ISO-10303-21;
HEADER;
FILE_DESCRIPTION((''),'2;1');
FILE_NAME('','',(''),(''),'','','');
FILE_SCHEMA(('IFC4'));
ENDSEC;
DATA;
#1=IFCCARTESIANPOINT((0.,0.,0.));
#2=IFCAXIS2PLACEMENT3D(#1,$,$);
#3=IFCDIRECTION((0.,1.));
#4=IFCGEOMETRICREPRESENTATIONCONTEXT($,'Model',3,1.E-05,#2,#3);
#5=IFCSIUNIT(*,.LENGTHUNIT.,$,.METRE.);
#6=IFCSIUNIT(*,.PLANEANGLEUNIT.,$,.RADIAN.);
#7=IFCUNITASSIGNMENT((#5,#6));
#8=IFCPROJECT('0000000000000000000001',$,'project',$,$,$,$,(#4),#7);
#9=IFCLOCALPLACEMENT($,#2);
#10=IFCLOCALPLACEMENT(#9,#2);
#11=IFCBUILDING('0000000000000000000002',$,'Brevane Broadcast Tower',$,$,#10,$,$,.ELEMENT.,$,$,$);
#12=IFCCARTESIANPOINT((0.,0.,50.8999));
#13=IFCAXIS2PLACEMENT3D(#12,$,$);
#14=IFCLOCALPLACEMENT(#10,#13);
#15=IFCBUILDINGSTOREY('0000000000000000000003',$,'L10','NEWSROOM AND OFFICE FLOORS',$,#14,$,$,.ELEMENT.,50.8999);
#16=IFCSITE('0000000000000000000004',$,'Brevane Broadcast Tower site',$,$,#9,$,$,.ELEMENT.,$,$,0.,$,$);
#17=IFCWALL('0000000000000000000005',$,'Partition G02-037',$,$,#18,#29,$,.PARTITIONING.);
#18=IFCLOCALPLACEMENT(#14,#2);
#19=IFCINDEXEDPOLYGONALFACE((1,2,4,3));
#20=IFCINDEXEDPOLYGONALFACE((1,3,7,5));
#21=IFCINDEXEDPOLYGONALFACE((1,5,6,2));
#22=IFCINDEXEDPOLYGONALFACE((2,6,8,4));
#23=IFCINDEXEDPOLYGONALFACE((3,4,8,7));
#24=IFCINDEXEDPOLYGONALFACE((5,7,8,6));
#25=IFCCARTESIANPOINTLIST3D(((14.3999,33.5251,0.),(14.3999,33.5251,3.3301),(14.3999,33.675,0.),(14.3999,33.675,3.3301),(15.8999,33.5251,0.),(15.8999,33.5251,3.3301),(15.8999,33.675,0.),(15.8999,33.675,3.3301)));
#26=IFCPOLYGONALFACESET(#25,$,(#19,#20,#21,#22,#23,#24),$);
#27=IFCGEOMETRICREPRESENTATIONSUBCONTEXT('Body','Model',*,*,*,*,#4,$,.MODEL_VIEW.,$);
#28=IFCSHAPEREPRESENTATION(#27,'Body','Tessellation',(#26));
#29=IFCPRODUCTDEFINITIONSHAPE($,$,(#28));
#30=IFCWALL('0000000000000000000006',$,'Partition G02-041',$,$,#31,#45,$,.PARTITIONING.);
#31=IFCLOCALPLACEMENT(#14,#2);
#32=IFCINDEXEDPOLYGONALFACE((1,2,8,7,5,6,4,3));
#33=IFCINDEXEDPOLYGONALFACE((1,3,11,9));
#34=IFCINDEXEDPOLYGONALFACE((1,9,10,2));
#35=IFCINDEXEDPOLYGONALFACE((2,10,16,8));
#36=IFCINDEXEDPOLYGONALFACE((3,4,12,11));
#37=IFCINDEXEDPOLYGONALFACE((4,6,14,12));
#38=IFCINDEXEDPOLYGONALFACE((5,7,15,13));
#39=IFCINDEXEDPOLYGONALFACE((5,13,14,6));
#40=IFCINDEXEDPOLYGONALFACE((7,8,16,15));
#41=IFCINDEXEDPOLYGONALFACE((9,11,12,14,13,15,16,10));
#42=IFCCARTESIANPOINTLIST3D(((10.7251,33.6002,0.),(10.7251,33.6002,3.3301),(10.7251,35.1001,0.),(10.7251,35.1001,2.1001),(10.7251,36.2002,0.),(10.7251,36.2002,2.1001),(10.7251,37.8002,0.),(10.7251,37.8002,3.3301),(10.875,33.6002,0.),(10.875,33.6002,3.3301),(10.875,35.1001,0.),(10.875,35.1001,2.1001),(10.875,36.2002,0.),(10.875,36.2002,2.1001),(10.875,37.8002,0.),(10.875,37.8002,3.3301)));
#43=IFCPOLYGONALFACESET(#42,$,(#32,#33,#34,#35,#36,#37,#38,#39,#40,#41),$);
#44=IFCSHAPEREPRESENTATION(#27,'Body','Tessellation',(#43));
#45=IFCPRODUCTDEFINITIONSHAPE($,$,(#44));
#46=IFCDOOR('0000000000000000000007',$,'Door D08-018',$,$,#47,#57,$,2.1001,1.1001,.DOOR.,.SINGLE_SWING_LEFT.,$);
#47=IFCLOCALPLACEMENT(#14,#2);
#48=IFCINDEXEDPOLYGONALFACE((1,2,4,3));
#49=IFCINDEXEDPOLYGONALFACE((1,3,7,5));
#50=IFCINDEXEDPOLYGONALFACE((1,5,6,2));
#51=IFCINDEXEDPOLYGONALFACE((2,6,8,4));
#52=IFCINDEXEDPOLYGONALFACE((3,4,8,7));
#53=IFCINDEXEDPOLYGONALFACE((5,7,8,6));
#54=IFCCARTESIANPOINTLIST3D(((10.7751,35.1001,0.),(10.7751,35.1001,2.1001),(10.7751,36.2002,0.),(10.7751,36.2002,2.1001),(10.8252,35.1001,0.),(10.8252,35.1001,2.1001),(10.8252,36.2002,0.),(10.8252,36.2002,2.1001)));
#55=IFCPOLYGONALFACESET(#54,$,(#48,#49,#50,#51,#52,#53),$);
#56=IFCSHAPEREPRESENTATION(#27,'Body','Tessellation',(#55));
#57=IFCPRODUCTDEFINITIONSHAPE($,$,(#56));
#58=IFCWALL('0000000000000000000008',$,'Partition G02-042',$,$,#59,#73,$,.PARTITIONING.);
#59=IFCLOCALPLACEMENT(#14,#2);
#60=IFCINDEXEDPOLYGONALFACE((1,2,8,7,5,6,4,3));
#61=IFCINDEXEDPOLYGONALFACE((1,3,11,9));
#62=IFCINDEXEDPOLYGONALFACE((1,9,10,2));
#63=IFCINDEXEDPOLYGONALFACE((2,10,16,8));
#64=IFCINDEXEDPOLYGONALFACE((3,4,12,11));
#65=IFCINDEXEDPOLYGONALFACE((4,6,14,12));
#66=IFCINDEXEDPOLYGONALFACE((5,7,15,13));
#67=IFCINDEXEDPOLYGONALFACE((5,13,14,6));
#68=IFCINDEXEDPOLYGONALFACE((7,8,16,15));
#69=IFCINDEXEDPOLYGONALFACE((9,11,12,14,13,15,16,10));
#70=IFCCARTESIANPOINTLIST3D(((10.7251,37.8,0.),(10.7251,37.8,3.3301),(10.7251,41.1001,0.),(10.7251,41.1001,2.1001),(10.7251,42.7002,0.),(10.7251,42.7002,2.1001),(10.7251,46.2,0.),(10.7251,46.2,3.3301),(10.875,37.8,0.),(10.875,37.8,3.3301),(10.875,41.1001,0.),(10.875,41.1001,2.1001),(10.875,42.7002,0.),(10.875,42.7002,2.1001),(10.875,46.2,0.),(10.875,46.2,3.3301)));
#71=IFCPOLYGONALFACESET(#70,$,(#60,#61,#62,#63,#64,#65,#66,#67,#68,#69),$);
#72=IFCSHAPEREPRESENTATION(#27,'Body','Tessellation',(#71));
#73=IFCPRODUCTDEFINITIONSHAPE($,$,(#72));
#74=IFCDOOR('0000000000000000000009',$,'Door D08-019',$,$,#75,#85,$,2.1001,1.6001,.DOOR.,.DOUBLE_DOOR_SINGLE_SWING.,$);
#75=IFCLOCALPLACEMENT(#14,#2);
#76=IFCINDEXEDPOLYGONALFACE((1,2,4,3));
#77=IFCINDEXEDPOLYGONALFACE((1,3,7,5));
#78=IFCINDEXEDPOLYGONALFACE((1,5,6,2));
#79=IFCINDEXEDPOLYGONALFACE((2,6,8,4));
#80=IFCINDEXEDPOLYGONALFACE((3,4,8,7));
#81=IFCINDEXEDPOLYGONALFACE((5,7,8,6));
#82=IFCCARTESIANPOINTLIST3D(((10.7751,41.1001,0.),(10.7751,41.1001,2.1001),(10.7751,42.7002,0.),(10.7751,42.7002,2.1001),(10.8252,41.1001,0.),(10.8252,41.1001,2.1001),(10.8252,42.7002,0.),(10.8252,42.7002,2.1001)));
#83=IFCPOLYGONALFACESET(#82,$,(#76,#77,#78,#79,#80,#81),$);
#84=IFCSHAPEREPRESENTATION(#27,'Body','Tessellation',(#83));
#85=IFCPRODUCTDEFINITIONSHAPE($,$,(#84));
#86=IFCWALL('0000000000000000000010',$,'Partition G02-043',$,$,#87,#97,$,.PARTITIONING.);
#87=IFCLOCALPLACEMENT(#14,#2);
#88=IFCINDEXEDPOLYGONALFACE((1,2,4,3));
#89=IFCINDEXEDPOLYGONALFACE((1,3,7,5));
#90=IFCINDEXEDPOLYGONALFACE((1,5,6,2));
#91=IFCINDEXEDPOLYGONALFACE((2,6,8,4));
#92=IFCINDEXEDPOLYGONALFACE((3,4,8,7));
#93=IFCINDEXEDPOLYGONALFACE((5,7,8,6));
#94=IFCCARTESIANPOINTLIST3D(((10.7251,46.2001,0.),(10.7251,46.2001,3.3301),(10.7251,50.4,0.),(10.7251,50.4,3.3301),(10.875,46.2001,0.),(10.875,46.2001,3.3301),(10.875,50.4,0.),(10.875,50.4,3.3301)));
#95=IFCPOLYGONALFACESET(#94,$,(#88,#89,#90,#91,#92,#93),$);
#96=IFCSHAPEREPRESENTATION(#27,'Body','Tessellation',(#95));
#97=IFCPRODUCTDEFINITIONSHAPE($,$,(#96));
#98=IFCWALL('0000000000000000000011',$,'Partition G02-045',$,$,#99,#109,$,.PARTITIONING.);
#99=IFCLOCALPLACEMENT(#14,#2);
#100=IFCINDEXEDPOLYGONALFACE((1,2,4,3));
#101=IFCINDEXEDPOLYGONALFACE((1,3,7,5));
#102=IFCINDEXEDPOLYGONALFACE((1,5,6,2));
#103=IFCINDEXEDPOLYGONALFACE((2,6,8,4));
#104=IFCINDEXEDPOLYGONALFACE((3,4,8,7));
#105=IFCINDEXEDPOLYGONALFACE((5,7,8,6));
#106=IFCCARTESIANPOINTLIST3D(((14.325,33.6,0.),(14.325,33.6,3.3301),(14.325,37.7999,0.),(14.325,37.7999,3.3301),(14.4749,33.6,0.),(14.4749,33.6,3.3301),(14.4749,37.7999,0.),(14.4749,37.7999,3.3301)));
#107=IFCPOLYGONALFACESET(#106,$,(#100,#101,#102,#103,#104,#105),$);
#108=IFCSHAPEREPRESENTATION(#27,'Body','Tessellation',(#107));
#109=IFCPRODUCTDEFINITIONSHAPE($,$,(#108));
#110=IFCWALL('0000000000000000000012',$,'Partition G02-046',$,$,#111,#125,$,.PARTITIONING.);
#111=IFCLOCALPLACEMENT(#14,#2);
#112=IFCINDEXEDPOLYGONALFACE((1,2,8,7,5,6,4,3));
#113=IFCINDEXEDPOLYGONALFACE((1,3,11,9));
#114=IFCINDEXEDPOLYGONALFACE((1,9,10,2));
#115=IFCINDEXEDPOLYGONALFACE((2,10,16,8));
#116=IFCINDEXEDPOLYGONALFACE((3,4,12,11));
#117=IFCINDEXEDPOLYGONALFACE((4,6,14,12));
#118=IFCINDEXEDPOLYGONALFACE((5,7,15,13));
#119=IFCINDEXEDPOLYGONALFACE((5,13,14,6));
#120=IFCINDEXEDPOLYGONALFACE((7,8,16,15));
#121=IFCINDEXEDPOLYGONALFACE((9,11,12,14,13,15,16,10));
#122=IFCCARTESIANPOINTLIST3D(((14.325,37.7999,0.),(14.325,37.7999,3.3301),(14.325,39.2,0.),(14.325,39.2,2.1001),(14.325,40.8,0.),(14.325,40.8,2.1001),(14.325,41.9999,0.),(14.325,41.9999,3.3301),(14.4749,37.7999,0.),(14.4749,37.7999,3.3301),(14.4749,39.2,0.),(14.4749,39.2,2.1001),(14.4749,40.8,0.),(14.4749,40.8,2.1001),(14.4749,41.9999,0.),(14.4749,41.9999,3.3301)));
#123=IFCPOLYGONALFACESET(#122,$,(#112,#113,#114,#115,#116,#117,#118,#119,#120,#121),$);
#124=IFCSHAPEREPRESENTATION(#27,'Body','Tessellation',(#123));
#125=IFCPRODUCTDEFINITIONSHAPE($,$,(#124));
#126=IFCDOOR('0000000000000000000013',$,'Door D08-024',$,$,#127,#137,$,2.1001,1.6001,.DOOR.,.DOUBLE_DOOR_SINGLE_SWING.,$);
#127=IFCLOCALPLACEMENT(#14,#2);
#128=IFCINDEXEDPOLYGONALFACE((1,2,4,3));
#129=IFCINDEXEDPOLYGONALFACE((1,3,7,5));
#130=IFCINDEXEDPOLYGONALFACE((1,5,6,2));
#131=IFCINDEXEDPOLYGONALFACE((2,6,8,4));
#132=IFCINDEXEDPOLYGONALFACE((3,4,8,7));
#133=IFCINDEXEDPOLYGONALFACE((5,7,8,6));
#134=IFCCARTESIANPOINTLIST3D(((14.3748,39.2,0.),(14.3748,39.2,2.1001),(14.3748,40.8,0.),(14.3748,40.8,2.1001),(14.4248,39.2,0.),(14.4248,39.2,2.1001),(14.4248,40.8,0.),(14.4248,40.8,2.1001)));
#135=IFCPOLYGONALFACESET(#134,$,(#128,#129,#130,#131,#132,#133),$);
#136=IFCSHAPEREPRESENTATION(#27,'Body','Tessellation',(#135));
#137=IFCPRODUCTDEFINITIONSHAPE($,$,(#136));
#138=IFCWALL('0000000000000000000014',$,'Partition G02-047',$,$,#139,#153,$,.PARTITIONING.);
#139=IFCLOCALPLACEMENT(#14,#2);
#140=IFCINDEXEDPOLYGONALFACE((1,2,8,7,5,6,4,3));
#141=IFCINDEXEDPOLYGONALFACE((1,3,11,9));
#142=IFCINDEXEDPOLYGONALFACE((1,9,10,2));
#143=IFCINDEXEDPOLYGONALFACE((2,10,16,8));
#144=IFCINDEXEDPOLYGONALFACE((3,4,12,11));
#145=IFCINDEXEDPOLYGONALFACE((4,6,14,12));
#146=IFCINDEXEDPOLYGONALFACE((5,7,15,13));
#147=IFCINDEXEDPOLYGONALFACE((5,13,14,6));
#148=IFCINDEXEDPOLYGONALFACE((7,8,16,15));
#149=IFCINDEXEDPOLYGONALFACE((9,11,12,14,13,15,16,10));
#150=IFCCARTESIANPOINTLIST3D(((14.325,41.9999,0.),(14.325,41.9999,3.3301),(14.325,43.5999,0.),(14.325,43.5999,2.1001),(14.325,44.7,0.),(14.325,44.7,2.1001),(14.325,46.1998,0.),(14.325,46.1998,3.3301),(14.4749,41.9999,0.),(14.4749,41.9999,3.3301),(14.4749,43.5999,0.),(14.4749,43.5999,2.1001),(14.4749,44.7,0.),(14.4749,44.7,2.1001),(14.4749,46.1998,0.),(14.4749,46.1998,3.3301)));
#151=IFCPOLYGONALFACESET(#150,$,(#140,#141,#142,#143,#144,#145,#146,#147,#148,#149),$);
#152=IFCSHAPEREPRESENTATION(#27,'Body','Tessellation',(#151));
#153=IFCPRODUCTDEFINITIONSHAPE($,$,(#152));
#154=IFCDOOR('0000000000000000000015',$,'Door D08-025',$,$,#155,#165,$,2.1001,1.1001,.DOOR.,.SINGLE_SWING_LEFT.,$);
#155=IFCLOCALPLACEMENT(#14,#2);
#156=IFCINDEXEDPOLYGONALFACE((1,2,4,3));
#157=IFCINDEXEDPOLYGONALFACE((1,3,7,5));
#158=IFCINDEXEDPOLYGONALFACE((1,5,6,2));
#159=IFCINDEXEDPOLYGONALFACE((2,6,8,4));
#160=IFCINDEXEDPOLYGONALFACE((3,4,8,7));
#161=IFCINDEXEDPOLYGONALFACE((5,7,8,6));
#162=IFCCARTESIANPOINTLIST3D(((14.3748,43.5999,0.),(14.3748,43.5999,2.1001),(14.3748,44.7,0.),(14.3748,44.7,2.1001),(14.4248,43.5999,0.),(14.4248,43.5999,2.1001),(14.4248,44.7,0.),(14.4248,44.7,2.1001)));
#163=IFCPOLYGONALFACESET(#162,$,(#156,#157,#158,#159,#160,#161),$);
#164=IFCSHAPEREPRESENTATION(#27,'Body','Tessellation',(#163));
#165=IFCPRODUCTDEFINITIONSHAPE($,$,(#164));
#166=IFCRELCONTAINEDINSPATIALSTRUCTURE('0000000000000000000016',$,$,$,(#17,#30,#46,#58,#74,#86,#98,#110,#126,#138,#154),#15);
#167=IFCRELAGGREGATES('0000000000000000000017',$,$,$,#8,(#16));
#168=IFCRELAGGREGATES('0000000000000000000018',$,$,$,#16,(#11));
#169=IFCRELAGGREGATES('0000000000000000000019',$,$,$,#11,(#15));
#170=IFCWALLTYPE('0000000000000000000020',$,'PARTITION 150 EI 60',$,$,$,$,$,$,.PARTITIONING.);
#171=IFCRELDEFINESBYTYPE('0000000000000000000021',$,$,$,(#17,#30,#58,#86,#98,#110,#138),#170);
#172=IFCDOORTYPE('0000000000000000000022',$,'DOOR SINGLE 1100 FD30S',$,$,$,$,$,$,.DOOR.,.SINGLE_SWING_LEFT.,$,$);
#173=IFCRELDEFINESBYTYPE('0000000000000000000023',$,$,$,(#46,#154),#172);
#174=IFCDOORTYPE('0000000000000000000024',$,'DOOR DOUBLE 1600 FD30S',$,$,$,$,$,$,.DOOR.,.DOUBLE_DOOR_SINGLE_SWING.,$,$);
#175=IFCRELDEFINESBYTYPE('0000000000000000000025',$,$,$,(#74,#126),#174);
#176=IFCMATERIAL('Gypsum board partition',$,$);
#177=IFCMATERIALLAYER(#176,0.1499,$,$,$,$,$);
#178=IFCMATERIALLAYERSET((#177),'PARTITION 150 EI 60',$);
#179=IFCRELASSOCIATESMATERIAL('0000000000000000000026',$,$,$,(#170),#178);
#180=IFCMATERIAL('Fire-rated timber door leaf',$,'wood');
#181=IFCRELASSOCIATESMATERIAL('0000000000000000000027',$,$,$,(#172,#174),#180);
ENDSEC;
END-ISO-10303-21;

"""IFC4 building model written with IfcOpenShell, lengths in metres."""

from ifc_helpers import new_model, si_unit, direction, frame, frame_2d, origin, place, context, subcontext, project, spatial, rectangle, extrude, material, layer, layer_set, type_object, element, fill, save


model = new_model("IFC4")

# Units and contexts
model_context = context("Model", 3, precision=1e-05, world=origin(), true_north=direction((0.0, 1.0)))
body_context = subcontext(model_context, "Body", "Model", "MODEL_VIEW")
ifc_project = project(units=[si_unit("LENGTHUNIT", "METRE"), si_unit("PLANEANGLEUNIT", "RADIAN")], contexts=[model_context])

# Site, building, storey
site_placement = place(None, origin())
site = spatial("IfcSite", under=ifc_project, at=site_placement, Name="Brevane Broadcast Tower site", CompositionType="ELEMENT", RefElevation=0.0)
building_placement = place(site_placement, origin())
building = spatial("IfcBuilding", under=site, at=building_placement, Name="Brevane Broadcast Tower", CompositionType="ELEMENT")
storey_placement = place(building_placement, frame((0.0, 0.0, 50.8999)))
storey = spatial("IfcBuildingStorey", under=building, at=storey_placement, Name="L10", Description="NEWSROOM AND OFFICE FLOORS", CompositionType="ELEMENT", Elevation=50.8999)

# Shared definitions
ifc_material_1 = material(Name="Gypsum board partition")

# Wall
ifc_layer_1 = layer(ifc_material_1, 0.1499)
ifc_layer_set_1 = layer_set([ifc_layer_1], Name="PARTITION 150 EI 60")
wall_type_1 = type_object("IfcWallType", Name="PARTITION 150 EI 60", PredefinedType="PARTITIONING", material=ifc_layer_set_1)
wall_1_placement = place(storey_placement, frame((14.3999, 33.6001, 0.0), z_axis=(0.0, 0.0, 1.0), x_axis=(1.0, 0.0, 0.0)))
element("IfcWall", 1, at=wall_1_placement, inside=storey, type_object=wall_type_1, Name="Partition G02-037", PredefinedType="PARTITIONING", context=body_context, shape_type="SweptSolid", body=[
    extrude(rectangle(XDim=1.5, YDim=0.1499, at=frame_2d((0.75, 0.0))), origin(), (0.0, 0.0, 1.0), 3.3301),
])

# Walls, openings, doors
wall_2_placement = place(storey_placement, frame((10.8, 33.6001, 0.0), z_axis=(0.0, 0.0, 1.0), x_axis=(0.0, 1.0, 0.0)))
wall_2 = element("IfcWall", 2, at=wall_2_placement, inside=storey, type_object=wall_type_1, Name="Partition G02-041", PredefinedType="PARTITIONING", context=body_context, shape_type="SweptSolid", body=[
    extrude(rectangle(XDim=4.2, YDim=0.1499, at=frame_2d((2.1001, 0.0))), origin(), (0.0, 0.0, 1.0), 3.3301),
])
opening_1_placement = place(wall_2_placement, frame((1.5, 0.0, 0.0)))
opening_1 = element("IfcOpeningElement", 3, at=opening_1_placement, cuts=wall_2, PredefinedType="OPENING", context=body_context, shape_type="SweptSolid", body=[
    extrude(rectangle(XDim=1.1001, YDim=2.1001, at=frame_2d((0.55, 1.05))), frame((0.0, 0.085, 0.0), z_axis=(0.0, -1.0, 0.0), x_axis=(1.0, 0.0, 0.0)), (0.0, 0.0, 1.0), 0.1699),
])
ifc_material_2 = material(Name="Fire-rated timber door leaf", Category="wood")
door_type_1 = type_object("IfcDoorType", Name="DOOR SINGLE 1100 FD30S", OperationType="SINGLE_SWING_LEFT", PredefinedType="DOOR", material=ifc_material_2)
door_1_placement = place(opening_1_placement, origin())
door_1 = element("IfcDoor", 4, at=door_1_placement, inside=storey, type_object=door_type_1, Name="Door D08-018", OperationType="SINGLE_SWING_LEFT", OverallHeight=2.1001, OverallWidth=1.1001, PredefinedType="DOOR", context=body_context, shape_type="SweptSolid", body=[
    extrude(rectangle(XDim=1.1001, YDim=2.1001, at=frame_2d((0.55, 1.05))), frame((0.0, 0.0249, 0.0), z_axis=(0.0, -1.0, 0.0), x_axis=(1.0, 0.0, 0.0)), (0.0, 0.0, 1.0), 0.05),
])
fill(opening_1, door_1)
wall_3_placement = place(storey_placement, frame((10.8, 37.8, 0.0), z_axis=(0.0, 0.0, 1.0), x_axis=(0.0, 1.0, 0.0)))
wall_3 = element("IfcWall", 5, at=wall_3_placement, inside=storey, type_object=wall_type_1, Name="Partition G02-042", PredefinedType="PARTITIONING", context=body_context, shape_type="SweptSolid", body=[
    extrude(rectangle(XDim=8.3999, YDim=0.1499, at=frame_2d((4.2, 0.0))), origin(), (0.0, 0.0, 1.0), 3.3301),
])
opening_2_placement = place(wall_3_placement, frame((3.3, 0.0, 0.0)))
opening_2 = element("IfcOpeningElement", 6, at=opening_2_placement, cuts=wall_3, PredefinedType="OPENING", context=body_context, shape_type="SweptSolid", body=[
    extrude(rectangle(XDim=1.6001, YDim=2.1001, at=frame_2d((0.8, 1.05))), frame((0.0, 0.085, 0.0), z_axis=(0.0, -1.0, 0.0), x_axis=(1.0, 0.0, 0.0)), (0.0, 0.0, 1.0), 0.1699),
])
door_type_2 = type_object("IfcDoorType", Name="DOOR DOUBLE 1600 FD30S", OperationType="DOUBLE_DOOR_SINGLE_SWING", PredefinedType="DOOR", material=ifc_material_2)
door_2_placement = place(opening_2_placement, origin())
door_2 = element("IfcDoor", 7, at=door_2_placement, inside=storey, type_object=door_type_2, Name="Door D08-019", OperationType="DOUBLE_DOOR_SINGLE_SWING", OverallHeight=2.1001, OverallWidth=1.6001, PredefinedType="DOOR", context=body_context, shape_type="SweptSolid", body=[
    extrude(rectangle(XDim=1.6001, YDim=2.1001, at=frame_2d((0.8, 1.05))), frame((0.0, 0.0249, 0.0), z_axis=(0.0, -1.0, 0.0), x_axis=(1.0, 0.0, 0.0)), (0.0, 0.0, 1.0), 0.05),
])
fill(opening_2, door_2)

# Walls
for number, where, z_axis, x_axis, name in (
    (8, (10.8, 46.2, 0.0), (0.0, 0.0, 1.0), (0.0, 1.0, 0.0), "Partition G02-043"),
    (9, (14.3999, 37.8, 0.0), (0.0, 0.0, 1.0), (0.0, -1.0, 0.0), "Partition G02-045"),
):
    element("IfcWall", number, at=place(storey_placement, frame(where, z_axis=z_axis, x_axis=x_axis)), inside=storey, type_object=wall_type_1, Name=name, PredefinedType="PARTITIONING", context=body_context, shape_type="SweptSolid", body=[
        extrude(rectangle(XDim=4.2, YDim=0.1499, at=frame_2d((2.1001, 0.0))), origin(), (0.0, 0.0, 1.0), 3.3301),
    ])

# Walls, openings, doors
wall_4_placement = place(storey_placement, frame((14.3999, 42.0, 0.0), z_axis=(0.0, 0.0, 1.0), x_axis=(0.0, -1.0, 0.0)))
wall_4 = element("IfcWall", 10, at=wall_4_placement, inside=storey, type_object=wall_type_1, Name="Partition G02-046", PredefinedType="PARTITIONING", context=body_context, shape_type="SweptSolid", body=[
    extrude(rectangle(XDim=4.2, YDim=0.1499, at=frame_2d((2.1001, 0.0))), origin(), (0.0, 0.0, 1.0), 3.3301),
])
opening_3_placement = place(wall_4_placement, frame((1.2, 0.0, 0.0)))
opening_3 = element("IfcOpeningElement", 11, at=opening_3_placement, cuts=wall_4, PredefinedType="OPENING", context=body_context, shape_type="SweptSolid", body=[
    extrude(rectangle(XDim=1.6001, YDim=2.1001, at=frame_2d((0.8, 1.05))), frame((0.0, 0.085, 0.0), z_axis=(0.0, -1.0, 0.0), x_axis=(1.0, 0.0, 0.0)), (0.0, 0.0, 1.0), 0.1699),
])
door_3_placement = place(opening_3_placement, origin())
door_3 = element("IfcDoor", 12, at=door_3_placement, inside=storey, type_object=door_type_2, Name="Door D08-024", OperationType="DOUBLE_DOOR_SINGLE_SWING", OverallHeight=2.1001, OverallWidth=1.6001, PredefinedType="DOOR", context=body_context, shape_type="SweptSolid", body=[
    extrude(rectangle(XDim=1.6001, YDim=2.1001, at=frame_2d((0.8, 1.05))), frame((0.0, 0.0249, 0.0), z_axis=(0.0, -1.0, 0.0), x_axis=(1.0, 0.0, 0.0)), (0.0, 0.0, 1.0), 0.05),
])
fill(opening_3, door_3)
wall_5_placement = place(storey_placement, frame((14.3999, 46.2, 0.0), z_axis=(0.0, 0.0, 1.0), x_axis=(0.0, -1.0, 0.0)))
wall_5 = element("IfcWall", 13, at=wall_5_placement, inside=storey, type_object=wall_type_1, Name="Partition G02-047", PredefinedType="PARTITIONING", context=body_context, shape_type="SweptSolid", body=[
    extrude(rectangle(XDim=4.2, YDim=0.1499, at=frame_2d((2.1001, 0.0))), origin(), (0.0, 0.0, 1.0), 3.3301),
])
opening_4_placement = place(wall_5_placement, frame((1.5, 0.0, 0.0)))
opening_4 = element("IfcOpeningElement", 14, at=opening_4_placement, cuts=wall_5, PredefinedType="OPENING", context=body_context, shape_type="SweptSolid", body=[
    extrude(rectangle(XDim=1.1001, YDim=2.1001, at=frame_2d((0.55, 1.05))), frame((0.0, 0.085, 0.0), z_axis=(0.0, -1.0, 0.0), x_axis=(1.0, 0.0, 0.0)), (0.0, 0.0, 1.0), 0.1699),
])
door_4_placement = place(opening_4_placement, origin())
door_4 = element("IfcDoor", 15, at=door_4_placement, inside=storey, type_object=door_type_1, Name="Door D08-025", OperationType="SINGLE_SWING_LEFT", OverallHeight=2.1001, OverallWidth=1.1001, PredefinedType="DOOR", context=body_context, shape_type="SweptSolid", body=[
    extrude(rectangle(XDim=1.1001, YDim=2.1001, at=frame_2d((0.55, 1.05))), frame((0.0, 0.0249, 0.0), z_axis=(0.0, -1.0, 0.0), x_axis=(1.0, 0.0, 0.0)), (0.0, 0.0, 1.0), 0.05),
])
fill(opening_4, door_4)

save(model, "model.ifc")
